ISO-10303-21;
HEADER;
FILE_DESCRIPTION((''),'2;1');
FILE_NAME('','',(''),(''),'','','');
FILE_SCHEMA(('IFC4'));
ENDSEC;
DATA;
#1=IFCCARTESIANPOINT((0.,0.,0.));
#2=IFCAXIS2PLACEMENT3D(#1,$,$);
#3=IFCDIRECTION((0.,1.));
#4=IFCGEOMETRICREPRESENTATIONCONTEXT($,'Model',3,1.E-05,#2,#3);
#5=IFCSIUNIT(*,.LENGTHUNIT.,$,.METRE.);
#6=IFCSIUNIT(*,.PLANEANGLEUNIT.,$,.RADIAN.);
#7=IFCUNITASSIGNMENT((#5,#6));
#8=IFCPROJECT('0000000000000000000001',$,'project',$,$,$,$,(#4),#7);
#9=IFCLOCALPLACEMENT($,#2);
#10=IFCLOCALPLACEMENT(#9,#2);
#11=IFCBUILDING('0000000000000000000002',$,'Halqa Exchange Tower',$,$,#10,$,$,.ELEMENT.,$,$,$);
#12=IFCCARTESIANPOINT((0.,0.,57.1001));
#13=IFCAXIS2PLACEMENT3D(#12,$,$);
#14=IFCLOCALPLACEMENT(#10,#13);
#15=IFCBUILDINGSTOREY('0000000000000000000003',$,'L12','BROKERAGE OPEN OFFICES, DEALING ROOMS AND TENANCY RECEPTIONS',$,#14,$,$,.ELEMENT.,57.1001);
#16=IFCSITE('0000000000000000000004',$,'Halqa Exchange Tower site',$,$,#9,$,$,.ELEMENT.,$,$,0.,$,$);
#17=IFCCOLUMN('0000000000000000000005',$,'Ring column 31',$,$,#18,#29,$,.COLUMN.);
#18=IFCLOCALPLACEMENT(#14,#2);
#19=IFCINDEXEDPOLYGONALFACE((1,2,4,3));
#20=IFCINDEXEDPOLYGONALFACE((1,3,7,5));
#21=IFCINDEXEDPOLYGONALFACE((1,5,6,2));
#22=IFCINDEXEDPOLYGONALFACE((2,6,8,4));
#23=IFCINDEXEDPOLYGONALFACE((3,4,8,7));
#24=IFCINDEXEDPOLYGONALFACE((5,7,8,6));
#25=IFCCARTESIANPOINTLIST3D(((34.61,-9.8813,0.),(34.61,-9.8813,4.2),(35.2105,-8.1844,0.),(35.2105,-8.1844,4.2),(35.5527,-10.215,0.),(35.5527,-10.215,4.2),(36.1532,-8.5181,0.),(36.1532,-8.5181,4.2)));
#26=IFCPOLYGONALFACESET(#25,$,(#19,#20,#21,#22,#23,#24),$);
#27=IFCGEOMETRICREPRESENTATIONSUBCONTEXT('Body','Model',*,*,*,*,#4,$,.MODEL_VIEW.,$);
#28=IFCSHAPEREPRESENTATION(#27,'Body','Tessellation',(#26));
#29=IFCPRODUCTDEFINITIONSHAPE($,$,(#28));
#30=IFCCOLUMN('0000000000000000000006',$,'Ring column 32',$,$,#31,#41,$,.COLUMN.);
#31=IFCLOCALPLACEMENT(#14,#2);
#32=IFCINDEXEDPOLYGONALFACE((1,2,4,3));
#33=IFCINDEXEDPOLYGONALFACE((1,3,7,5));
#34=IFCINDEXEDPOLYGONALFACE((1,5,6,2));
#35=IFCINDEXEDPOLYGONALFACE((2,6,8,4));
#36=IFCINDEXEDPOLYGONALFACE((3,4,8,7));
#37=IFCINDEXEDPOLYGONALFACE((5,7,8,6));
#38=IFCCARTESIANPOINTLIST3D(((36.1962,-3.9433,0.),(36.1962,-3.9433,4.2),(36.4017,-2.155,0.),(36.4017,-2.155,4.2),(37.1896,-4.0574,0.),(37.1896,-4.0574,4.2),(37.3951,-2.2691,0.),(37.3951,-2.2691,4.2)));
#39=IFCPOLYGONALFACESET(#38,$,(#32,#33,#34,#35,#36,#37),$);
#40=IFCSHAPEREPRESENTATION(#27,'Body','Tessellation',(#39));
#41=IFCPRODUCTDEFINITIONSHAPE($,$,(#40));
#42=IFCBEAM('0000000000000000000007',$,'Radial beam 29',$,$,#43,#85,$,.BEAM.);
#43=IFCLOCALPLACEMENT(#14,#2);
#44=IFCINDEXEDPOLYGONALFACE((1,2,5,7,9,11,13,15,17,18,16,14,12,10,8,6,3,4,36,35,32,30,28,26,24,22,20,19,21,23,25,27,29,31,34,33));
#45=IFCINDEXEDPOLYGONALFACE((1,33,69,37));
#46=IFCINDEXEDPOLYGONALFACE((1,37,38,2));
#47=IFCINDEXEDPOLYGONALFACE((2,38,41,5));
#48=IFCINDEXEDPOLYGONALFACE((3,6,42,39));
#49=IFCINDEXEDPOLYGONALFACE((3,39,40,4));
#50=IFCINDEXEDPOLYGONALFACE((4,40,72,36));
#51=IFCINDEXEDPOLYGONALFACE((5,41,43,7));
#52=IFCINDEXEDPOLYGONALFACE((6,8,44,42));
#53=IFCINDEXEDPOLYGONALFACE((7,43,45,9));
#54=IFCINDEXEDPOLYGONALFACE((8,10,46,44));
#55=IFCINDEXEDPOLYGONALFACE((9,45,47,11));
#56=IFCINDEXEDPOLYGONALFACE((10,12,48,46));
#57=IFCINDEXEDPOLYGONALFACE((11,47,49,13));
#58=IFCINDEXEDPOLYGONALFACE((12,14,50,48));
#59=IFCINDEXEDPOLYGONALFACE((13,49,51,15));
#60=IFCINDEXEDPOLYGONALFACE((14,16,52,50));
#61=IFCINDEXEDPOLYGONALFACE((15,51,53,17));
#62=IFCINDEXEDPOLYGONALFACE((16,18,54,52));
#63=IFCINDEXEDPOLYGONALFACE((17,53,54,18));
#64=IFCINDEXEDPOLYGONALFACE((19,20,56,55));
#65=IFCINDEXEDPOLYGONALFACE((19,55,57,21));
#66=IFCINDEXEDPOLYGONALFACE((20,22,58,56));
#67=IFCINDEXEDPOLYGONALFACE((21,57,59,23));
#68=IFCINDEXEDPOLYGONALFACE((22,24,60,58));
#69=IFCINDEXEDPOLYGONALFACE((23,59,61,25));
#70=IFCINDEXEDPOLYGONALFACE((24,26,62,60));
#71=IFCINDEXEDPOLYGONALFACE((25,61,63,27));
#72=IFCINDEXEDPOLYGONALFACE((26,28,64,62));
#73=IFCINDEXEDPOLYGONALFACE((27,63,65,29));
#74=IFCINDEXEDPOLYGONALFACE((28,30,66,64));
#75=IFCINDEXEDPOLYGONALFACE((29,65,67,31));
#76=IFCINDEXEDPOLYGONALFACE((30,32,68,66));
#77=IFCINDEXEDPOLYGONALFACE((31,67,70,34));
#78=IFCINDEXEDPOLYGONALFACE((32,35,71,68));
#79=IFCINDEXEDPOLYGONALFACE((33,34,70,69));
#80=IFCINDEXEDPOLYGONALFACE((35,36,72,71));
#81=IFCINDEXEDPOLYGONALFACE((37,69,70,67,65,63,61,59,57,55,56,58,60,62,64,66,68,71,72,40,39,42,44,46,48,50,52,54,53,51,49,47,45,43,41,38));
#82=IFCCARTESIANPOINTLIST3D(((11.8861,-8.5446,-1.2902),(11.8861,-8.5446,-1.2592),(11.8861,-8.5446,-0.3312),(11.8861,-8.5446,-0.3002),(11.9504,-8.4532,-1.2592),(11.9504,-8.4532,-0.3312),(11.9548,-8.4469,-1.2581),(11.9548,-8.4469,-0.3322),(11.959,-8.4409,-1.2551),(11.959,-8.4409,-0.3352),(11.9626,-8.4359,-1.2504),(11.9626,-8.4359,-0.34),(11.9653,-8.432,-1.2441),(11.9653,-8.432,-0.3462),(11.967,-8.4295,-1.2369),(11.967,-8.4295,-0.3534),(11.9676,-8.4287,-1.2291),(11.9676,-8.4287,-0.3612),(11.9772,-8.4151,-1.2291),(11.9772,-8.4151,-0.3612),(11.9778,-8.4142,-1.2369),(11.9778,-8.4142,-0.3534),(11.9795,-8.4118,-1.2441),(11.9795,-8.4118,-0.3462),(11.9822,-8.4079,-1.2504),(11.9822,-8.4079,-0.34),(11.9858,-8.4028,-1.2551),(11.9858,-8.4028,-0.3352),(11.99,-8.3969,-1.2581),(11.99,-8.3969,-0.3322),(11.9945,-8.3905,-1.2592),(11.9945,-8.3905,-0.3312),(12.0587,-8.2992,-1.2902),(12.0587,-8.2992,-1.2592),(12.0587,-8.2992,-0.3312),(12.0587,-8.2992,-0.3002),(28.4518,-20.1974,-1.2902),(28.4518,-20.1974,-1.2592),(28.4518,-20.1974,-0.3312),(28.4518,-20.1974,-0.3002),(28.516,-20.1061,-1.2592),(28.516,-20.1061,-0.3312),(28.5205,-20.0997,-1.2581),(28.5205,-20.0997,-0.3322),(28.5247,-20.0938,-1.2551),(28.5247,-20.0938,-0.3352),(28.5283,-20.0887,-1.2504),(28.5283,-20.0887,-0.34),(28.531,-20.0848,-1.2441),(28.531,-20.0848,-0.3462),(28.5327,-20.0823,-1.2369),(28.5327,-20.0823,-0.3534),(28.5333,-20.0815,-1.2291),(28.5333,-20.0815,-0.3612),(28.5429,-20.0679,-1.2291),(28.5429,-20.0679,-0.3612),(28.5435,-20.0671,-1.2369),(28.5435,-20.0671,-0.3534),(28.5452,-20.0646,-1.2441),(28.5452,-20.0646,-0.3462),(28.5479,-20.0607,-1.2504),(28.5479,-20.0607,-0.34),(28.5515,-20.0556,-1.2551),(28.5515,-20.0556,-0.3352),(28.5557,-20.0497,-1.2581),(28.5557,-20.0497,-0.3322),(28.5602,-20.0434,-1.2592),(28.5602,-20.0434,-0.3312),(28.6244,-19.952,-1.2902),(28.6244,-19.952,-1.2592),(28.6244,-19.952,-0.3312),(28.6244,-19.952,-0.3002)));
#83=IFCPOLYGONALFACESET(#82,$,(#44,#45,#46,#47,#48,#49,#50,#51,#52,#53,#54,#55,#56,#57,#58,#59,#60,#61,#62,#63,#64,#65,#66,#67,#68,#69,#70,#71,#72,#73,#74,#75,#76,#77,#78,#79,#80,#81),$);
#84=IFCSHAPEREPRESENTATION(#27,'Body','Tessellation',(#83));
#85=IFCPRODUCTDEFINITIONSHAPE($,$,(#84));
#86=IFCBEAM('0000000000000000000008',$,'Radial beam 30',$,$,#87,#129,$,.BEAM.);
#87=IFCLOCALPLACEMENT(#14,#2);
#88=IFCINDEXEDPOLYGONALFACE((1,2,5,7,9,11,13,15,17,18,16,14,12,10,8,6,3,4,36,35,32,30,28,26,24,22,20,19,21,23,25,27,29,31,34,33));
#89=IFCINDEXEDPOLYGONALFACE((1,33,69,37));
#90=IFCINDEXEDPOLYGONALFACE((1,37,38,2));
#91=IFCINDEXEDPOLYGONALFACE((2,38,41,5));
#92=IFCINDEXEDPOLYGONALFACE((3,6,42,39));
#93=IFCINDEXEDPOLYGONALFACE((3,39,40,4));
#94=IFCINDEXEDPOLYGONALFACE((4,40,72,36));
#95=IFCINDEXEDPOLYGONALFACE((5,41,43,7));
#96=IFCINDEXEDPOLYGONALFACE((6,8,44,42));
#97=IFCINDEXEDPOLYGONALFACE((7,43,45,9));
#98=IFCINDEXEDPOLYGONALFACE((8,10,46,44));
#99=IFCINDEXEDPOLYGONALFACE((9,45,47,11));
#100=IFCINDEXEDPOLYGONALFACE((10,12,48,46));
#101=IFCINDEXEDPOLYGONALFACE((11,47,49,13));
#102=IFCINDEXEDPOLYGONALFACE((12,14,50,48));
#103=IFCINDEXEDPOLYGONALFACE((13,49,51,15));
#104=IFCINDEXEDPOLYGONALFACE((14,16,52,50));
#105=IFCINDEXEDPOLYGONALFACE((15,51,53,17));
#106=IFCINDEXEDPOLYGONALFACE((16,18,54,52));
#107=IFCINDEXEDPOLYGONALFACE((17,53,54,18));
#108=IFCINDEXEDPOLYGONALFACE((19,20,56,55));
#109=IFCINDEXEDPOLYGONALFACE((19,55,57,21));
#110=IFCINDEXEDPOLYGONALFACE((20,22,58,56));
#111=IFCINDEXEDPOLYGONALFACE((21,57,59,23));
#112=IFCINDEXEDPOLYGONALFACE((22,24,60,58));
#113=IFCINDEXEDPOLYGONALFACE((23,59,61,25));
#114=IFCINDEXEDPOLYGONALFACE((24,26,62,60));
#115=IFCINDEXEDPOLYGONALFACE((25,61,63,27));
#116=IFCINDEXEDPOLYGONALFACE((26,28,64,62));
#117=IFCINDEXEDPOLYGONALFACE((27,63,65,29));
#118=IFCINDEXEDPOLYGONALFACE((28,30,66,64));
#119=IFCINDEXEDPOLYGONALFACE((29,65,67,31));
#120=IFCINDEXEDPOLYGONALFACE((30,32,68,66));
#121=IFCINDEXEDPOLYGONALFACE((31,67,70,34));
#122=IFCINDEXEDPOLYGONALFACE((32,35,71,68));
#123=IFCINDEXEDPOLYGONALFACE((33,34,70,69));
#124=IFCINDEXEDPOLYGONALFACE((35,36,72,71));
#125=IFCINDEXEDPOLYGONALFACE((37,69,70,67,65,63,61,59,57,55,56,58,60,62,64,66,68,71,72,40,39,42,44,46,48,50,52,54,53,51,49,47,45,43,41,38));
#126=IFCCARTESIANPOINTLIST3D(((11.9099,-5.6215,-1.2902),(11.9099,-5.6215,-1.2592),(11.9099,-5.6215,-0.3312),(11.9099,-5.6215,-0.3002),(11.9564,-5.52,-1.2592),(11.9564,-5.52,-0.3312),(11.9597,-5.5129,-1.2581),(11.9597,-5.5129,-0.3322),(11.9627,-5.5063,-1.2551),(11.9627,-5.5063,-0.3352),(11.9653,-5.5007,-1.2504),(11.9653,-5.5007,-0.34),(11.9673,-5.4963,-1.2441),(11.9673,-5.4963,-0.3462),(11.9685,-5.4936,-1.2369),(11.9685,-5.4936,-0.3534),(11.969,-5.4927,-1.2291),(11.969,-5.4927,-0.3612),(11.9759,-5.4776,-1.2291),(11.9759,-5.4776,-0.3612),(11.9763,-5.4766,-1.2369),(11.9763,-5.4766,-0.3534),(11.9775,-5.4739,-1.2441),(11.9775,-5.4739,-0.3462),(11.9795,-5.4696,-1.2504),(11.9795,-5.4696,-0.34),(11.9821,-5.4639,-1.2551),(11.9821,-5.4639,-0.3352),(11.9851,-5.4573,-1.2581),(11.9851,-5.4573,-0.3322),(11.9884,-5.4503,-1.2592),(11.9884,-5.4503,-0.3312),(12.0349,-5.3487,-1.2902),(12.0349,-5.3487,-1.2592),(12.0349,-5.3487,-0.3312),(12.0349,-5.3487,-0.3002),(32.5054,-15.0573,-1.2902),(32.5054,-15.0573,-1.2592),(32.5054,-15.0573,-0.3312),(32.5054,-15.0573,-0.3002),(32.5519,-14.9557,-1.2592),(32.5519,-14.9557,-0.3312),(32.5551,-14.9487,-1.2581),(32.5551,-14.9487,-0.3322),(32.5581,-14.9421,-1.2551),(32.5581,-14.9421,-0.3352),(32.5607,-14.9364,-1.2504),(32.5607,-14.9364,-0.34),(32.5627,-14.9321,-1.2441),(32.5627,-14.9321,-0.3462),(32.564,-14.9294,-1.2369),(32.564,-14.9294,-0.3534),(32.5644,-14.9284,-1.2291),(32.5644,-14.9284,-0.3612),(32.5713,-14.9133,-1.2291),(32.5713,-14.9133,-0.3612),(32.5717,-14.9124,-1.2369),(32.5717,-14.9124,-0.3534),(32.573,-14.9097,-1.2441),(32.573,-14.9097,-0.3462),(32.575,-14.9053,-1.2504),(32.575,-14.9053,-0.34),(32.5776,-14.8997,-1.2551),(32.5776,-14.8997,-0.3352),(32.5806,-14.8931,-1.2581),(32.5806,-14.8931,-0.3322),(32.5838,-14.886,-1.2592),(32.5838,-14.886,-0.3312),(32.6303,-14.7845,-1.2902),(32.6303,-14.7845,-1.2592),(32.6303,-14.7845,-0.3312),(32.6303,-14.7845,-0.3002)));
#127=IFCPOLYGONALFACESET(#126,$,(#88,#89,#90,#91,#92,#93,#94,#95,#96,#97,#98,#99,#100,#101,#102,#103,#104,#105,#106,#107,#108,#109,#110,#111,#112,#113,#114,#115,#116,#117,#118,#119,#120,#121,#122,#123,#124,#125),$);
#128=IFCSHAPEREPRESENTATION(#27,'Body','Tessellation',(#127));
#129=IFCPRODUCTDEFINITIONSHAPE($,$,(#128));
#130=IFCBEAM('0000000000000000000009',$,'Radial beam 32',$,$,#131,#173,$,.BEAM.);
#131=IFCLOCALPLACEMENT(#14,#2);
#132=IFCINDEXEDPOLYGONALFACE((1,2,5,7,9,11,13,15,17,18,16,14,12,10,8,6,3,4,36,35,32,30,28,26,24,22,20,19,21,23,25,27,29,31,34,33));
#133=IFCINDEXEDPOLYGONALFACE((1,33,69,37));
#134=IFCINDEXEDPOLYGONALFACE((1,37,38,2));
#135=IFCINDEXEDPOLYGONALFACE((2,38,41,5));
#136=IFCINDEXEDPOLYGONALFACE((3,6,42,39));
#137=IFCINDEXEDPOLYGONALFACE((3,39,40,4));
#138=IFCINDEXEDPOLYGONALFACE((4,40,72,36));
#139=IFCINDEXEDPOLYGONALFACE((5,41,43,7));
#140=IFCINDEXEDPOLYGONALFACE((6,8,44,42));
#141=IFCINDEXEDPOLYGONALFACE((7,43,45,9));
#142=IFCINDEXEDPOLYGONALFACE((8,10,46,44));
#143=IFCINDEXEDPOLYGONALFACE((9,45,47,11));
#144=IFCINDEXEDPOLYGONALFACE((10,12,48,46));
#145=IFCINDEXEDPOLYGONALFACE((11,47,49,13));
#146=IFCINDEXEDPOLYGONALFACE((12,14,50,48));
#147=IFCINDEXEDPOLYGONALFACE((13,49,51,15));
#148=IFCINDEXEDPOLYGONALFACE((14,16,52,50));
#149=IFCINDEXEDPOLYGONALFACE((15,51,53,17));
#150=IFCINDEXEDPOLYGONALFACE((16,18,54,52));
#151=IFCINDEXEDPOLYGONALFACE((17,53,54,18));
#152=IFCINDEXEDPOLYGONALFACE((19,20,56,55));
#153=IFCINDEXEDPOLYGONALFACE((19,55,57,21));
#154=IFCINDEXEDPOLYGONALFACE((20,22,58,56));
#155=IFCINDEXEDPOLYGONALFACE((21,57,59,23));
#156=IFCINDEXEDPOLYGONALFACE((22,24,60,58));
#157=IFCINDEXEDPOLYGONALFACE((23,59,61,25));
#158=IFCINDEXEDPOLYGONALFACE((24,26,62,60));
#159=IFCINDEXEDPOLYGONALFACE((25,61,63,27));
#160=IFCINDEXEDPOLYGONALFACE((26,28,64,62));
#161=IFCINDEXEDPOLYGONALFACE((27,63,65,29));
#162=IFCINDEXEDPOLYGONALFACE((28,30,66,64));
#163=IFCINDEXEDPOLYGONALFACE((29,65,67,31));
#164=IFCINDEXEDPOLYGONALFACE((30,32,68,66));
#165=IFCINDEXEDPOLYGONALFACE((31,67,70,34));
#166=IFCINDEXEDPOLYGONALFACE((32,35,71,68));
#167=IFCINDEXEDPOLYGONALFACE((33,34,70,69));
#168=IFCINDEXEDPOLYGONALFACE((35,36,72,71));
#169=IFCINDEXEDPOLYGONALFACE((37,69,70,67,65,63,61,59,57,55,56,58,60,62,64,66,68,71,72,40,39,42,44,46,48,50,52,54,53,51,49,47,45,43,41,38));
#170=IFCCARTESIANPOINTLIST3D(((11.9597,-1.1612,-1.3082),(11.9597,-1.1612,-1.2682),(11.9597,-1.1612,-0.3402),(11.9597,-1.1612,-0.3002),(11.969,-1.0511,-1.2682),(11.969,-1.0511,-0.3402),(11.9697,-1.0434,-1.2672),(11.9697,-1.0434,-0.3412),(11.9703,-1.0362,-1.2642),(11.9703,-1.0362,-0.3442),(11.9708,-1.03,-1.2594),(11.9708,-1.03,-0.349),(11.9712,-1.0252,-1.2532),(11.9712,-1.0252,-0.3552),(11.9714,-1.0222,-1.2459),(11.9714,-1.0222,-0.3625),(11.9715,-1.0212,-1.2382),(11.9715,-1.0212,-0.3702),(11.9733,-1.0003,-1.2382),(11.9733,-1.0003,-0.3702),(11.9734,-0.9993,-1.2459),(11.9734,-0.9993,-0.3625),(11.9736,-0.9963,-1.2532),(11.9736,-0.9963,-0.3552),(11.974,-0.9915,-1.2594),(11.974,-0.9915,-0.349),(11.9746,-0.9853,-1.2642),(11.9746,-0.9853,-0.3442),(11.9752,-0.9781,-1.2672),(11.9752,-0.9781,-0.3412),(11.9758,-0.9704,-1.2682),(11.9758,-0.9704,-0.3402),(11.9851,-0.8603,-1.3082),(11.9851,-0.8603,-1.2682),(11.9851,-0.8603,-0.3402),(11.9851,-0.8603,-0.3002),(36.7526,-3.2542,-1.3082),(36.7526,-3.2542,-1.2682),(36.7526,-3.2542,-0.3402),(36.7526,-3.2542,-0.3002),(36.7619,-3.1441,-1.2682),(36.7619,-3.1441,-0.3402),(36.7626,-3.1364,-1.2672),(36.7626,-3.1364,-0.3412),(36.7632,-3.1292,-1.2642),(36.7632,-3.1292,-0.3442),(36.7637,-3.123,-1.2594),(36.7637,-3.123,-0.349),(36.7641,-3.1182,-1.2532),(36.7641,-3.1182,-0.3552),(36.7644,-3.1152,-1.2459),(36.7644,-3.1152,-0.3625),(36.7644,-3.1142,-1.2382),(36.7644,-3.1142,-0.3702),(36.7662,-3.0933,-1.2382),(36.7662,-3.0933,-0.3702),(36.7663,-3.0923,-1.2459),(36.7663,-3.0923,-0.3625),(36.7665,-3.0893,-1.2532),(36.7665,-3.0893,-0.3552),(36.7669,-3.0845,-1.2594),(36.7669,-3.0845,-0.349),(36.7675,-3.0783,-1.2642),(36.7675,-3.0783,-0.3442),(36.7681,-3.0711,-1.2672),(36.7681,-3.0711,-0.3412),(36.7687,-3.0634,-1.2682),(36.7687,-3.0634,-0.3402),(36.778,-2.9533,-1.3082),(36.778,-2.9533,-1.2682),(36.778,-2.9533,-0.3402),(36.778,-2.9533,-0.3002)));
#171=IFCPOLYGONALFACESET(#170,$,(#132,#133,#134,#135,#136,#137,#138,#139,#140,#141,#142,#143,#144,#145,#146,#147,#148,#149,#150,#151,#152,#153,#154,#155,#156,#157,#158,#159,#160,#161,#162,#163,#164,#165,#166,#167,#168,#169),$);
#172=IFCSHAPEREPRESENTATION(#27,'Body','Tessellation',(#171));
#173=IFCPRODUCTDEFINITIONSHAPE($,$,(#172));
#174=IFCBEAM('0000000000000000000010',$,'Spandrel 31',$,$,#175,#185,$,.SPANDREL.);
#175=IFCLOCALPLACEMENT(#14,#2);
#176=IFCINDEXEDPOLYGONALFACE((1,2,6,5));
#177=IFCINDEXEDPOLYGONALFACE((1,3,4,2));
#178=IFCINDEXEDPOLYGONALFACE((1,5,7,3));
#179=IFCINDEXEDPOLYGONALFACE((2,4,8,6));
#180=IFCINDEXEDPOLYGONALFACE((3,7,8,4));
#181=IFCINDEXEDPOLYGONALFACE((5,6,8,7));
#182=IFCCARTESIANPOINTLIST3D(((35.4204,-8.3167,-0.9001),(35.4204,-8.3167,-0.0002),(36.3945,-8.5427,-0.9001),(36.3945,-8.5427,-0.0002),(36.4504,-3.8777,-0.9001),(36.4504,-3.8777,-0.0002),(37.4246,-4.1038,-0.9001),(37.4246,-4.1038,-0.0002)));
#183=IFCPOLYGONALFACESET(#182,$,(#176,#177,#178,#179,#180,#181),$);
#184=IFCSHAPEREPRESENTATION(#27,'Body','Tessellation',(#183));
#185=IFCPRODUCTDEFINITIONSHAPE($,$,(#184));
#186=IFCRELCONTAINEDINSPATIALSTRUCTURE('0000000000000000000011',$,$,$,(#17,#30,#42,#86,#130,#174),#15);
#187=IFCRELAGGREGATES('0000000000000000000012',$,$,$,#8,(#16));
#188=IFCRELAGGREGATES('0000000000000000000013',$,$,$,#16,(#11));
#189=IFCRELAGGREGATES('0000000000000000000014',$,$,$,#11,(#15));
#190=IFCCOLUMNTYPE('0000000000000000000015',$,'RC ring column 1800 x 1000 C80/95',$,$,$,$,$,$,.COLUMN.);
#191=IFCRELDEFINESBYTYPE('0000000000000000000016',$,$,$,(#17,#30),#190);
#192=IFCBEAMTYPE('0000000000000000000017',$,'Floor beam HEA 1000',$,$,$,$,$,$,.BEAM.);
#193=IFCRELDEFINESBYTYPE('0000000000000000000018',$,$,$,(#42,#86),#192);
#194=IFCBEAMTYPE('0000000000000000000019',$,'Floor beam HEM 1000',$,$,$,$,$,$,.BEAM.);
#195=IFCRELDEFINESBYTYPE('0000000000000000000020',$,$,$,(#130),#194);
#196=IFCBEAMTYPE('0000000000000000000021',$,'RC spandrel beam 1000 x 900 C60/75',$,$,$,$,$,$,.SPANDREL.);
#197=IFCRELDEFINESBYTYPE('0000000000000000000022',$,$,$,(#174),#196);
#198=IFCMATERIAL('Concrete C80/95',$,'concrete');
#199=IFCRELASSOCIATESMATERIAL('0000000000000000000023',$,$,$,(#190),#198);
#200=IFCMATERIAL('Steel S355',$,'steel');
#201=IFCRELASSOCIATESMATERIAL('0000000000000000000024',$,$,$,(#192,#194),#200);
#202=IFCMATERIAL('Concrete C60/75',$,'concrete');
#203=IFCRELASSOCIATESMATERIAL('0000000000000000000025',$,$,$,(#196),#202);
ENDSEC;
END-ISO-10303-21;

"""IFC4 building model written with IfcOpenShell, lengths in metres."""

from ifc_helpers import new_model, si_unit, direction, frame, origin, origin_2d, place, context, subcontext, project, spatial, rectangle, i_section, extrude, material, material_profile, profile_set, type_object, element, save


model = new_model("IFC4")

# Units and contexts
model_context = context("Model", 3, precision=1e-05, world=origin(), true_north=direction((0.0, 1.0)))
body_context = subcontext(model_context, "Body", "Model", "MODEL_VIEW")
ifc_project = project(units=[si_unit("LENGTHUNIT", "METRE"), si_unit("PLANEANGLEUNIT", "RADIAN")], contexts=[model_context])

# Site, building, storey
site_placement = place(None, origin())
site = spatial("IfcSite", under=ifc_project, at=site_placement, Name="Halqa Exchange Tower site", CompositionType="ELEMENT", RefElevation=0.0)
building_placement = place(site_placement, origin())
building = spatial("IfcBuilding", under=site, at=building_placement, Name="Halqa Exchange Tower", CompositionType="ELEMENT")
storey_placement = place(building_placement, frame((0.0, 0.0, 57.1001)))
storey = spatial("IfcBuildingStorey", under=building, at=storey_placement, Name="L12", Description="BROKERAGE OPEN OFFICES, DEALING ROOMS AND TENANCY RECEPTIONS", CompositionType="ELEMENT", Elevation=57.1001)

# Columns
ifc_material_1 = material(Name="Concrete C80/95", Category="concrete")
ifc_material_profile_1 = material_profile(ifc_material_1, rectangle(XDim=1.8, YDim=1.0, at=origin_2d()), Name="1800 x 1000")
ifc_profile_set_1 = profile_set([ifc_material_profile_1], Name="Concrete C80/95")
column_type = type_object("IfcColumnType", Name="RC ring column 1800 x 1000 C80/95", PredefinedType="COLUMN", material=ifc_profile_set_1)
for number, where, z_axis, x_axis, name in (
    (1, (35.3816, -9.1997, 0.0), (0.0, 0.0, 1.0), (0.333629, 0.942704, 0.0), "Ring column 31"),
    (2, (36.7957, -3.1062, 0.0), (0.0, 0.0, 1.0), (0.11416, 0.993462, 0.0), "Ring column 32"),
):
    element("IfcColumn", number, at=place(storey_placement, frame(where, z_axis=z_axis, x_axis=x_axis)), inside=storey, type_object=column_type, Name=name, PredefinedType="COLUMN", context=body_context, shape_type="SweptSolid", body=[
        extrude(rectangle(XDim=1.8, YDim=1.0, at=origin_2d()), origin(), (0.0, 0.0, 1.0), 4.2),
    ])

# Beams
ifc_material_2 = material(Name="Steel S355", Category="steel")
ifc_material_profile_2 = material_profile(ifc_material_2, i_section(OverallWidth=0.3, OverallDepth=0.99, WebThickness=0.0166, FlangeThickness=0.031, FilletRadius=0.03, at=origin_2d()), Name="HEA 1000")
ifc_profile_set_2 = profile_set([ifc_material_profile_2], Name="Steel S355")
beam_type_1 = type_object("IfcBeamType", Name="Floor beam HEA 1000", PredefinedType="BEAM", material=ifc_profile_set_2)
beam_1_placement = place(storey_placement, frame((11.9724, -8.4219, -0.7952), z_axis=(0.817911, -0.575345, 0.0), x_axis=(0.575345, 0.817911, 0.0)))
element("IfcBeam", 3, at=beam_1_placement, inside=storey, type_object=beam_type_1, Name="Radial beam 29", PredefinedType="BEAM", context=body_context, shape_type="SweptSolid", body=[
    extrude(i_section(OverallWidth=0.3, OverallDepth=0.99, WebThickness=0.0166, FlangeThickness=0.031, FilletRadius=0.03, at=origin_2d()), origin(), (0.0, 0.0, 1.0), 20.2537),
])
beam_2_placement = place(storey_placement, frame((11.9724, -5.4851, -0.7952), z_axis=(0.909128, -0.416516, 0.0), x_axis=(0.416516, 0.909128, 0.0)))
element("IfcBeam", 4, at=beam_2_placement, inside=storey, type_object=beam_type_1, Name="Radial beam 30", PredefinedType="BEAM", context=body_context, shape_type="SweptSolid", body=[
    extrude(i_section(OverallWidth=0.3, OverallDepth=0.99, WebThickness=0.0166, FlangeThickness=0.031, FilletRadius=0.03, at=origin_2d()), origin(), (0.0, 0.0, 1.0), 22.6541),
])
ifc_material_profile_3 = material_profile(ifc_material_2, i_section(OverallWidth=0.302, OverallDepth=1.0081, WebThickness=0.021, FlangeThickness=0.04, FilletRadius=0.03, at=origin_2d()), Name="HEM 1000")
ifc_profile_set_3 = profile_set([ifc_material_profile_3], Name="Steel S355")
beam_type_2 = type_object("IfcBeamType", Name="Floor beam HEM 1000", PredefinedType="BEAM", material=ifc_profile_set_3)
beam_3_placement = place(storey_placement, frame((11.9724, -1.0107, -0.8042), z_axis=(0.996456, -0.084121, 0.0), x_axis=(0.084121, 0.996456, 0.0)))
element("IfcBeam", 5, at=beam_3_placement, inside=storey, type_object=beam_type_2, Name="Radial beam 32", PredefinedType="BEAM", context=body_context, shape_type="SweptSolid", body=[
    extrude(i_section(OverallWidth=0.302, OverallDepth=1.0081, WebThickness=0.021, FlangeThickness=0.04, FilletRadius=0.03, at=origin_2d()), origin(), (0.0, 0.0, 1.0), 24.8811),
])
ifc_material_3 = material(Name="Concrete C60/75", Category="concrete")
ifc_material_profile_4 = material_profile(ifc_material_3, rectangle(XDim=1.0, YDim=0.8999, at=origin_2d()), Name="1000 x 900")
ifc_profile_set_4 = profile_set([ifc_material_profile_4], Name="Concrete C60/75")
beam_type_3 = type_object("IfcBeamType", Name="RC spandrel beam 1000 x 900 C60/75", PredefinedType="SPANDREL", material=ifc_profile_set_4)
beam_4_placement = place(storey_placement, frame((35.9075, -8.4297, -0.4502), z_axis=(0.226037, 0.974119, 0.0), x_axis=(-0.974119, 0.226037, 0.0)))
element("IfcBeam", 6, at=beam_4_placement, inside=storey, type_object=beam_type_3, Name="Spandrel 31", PredefinedType="SPANDREL", context=body_context, shape_type="SweptSolid", body=[
    extrude(rectangle(XDim=1.0, YDim=0.8999, at=origin_2d()), origin(), (0.0, 0.0, 1.0), 4.5569),
])

save(model, "model.ifc")
